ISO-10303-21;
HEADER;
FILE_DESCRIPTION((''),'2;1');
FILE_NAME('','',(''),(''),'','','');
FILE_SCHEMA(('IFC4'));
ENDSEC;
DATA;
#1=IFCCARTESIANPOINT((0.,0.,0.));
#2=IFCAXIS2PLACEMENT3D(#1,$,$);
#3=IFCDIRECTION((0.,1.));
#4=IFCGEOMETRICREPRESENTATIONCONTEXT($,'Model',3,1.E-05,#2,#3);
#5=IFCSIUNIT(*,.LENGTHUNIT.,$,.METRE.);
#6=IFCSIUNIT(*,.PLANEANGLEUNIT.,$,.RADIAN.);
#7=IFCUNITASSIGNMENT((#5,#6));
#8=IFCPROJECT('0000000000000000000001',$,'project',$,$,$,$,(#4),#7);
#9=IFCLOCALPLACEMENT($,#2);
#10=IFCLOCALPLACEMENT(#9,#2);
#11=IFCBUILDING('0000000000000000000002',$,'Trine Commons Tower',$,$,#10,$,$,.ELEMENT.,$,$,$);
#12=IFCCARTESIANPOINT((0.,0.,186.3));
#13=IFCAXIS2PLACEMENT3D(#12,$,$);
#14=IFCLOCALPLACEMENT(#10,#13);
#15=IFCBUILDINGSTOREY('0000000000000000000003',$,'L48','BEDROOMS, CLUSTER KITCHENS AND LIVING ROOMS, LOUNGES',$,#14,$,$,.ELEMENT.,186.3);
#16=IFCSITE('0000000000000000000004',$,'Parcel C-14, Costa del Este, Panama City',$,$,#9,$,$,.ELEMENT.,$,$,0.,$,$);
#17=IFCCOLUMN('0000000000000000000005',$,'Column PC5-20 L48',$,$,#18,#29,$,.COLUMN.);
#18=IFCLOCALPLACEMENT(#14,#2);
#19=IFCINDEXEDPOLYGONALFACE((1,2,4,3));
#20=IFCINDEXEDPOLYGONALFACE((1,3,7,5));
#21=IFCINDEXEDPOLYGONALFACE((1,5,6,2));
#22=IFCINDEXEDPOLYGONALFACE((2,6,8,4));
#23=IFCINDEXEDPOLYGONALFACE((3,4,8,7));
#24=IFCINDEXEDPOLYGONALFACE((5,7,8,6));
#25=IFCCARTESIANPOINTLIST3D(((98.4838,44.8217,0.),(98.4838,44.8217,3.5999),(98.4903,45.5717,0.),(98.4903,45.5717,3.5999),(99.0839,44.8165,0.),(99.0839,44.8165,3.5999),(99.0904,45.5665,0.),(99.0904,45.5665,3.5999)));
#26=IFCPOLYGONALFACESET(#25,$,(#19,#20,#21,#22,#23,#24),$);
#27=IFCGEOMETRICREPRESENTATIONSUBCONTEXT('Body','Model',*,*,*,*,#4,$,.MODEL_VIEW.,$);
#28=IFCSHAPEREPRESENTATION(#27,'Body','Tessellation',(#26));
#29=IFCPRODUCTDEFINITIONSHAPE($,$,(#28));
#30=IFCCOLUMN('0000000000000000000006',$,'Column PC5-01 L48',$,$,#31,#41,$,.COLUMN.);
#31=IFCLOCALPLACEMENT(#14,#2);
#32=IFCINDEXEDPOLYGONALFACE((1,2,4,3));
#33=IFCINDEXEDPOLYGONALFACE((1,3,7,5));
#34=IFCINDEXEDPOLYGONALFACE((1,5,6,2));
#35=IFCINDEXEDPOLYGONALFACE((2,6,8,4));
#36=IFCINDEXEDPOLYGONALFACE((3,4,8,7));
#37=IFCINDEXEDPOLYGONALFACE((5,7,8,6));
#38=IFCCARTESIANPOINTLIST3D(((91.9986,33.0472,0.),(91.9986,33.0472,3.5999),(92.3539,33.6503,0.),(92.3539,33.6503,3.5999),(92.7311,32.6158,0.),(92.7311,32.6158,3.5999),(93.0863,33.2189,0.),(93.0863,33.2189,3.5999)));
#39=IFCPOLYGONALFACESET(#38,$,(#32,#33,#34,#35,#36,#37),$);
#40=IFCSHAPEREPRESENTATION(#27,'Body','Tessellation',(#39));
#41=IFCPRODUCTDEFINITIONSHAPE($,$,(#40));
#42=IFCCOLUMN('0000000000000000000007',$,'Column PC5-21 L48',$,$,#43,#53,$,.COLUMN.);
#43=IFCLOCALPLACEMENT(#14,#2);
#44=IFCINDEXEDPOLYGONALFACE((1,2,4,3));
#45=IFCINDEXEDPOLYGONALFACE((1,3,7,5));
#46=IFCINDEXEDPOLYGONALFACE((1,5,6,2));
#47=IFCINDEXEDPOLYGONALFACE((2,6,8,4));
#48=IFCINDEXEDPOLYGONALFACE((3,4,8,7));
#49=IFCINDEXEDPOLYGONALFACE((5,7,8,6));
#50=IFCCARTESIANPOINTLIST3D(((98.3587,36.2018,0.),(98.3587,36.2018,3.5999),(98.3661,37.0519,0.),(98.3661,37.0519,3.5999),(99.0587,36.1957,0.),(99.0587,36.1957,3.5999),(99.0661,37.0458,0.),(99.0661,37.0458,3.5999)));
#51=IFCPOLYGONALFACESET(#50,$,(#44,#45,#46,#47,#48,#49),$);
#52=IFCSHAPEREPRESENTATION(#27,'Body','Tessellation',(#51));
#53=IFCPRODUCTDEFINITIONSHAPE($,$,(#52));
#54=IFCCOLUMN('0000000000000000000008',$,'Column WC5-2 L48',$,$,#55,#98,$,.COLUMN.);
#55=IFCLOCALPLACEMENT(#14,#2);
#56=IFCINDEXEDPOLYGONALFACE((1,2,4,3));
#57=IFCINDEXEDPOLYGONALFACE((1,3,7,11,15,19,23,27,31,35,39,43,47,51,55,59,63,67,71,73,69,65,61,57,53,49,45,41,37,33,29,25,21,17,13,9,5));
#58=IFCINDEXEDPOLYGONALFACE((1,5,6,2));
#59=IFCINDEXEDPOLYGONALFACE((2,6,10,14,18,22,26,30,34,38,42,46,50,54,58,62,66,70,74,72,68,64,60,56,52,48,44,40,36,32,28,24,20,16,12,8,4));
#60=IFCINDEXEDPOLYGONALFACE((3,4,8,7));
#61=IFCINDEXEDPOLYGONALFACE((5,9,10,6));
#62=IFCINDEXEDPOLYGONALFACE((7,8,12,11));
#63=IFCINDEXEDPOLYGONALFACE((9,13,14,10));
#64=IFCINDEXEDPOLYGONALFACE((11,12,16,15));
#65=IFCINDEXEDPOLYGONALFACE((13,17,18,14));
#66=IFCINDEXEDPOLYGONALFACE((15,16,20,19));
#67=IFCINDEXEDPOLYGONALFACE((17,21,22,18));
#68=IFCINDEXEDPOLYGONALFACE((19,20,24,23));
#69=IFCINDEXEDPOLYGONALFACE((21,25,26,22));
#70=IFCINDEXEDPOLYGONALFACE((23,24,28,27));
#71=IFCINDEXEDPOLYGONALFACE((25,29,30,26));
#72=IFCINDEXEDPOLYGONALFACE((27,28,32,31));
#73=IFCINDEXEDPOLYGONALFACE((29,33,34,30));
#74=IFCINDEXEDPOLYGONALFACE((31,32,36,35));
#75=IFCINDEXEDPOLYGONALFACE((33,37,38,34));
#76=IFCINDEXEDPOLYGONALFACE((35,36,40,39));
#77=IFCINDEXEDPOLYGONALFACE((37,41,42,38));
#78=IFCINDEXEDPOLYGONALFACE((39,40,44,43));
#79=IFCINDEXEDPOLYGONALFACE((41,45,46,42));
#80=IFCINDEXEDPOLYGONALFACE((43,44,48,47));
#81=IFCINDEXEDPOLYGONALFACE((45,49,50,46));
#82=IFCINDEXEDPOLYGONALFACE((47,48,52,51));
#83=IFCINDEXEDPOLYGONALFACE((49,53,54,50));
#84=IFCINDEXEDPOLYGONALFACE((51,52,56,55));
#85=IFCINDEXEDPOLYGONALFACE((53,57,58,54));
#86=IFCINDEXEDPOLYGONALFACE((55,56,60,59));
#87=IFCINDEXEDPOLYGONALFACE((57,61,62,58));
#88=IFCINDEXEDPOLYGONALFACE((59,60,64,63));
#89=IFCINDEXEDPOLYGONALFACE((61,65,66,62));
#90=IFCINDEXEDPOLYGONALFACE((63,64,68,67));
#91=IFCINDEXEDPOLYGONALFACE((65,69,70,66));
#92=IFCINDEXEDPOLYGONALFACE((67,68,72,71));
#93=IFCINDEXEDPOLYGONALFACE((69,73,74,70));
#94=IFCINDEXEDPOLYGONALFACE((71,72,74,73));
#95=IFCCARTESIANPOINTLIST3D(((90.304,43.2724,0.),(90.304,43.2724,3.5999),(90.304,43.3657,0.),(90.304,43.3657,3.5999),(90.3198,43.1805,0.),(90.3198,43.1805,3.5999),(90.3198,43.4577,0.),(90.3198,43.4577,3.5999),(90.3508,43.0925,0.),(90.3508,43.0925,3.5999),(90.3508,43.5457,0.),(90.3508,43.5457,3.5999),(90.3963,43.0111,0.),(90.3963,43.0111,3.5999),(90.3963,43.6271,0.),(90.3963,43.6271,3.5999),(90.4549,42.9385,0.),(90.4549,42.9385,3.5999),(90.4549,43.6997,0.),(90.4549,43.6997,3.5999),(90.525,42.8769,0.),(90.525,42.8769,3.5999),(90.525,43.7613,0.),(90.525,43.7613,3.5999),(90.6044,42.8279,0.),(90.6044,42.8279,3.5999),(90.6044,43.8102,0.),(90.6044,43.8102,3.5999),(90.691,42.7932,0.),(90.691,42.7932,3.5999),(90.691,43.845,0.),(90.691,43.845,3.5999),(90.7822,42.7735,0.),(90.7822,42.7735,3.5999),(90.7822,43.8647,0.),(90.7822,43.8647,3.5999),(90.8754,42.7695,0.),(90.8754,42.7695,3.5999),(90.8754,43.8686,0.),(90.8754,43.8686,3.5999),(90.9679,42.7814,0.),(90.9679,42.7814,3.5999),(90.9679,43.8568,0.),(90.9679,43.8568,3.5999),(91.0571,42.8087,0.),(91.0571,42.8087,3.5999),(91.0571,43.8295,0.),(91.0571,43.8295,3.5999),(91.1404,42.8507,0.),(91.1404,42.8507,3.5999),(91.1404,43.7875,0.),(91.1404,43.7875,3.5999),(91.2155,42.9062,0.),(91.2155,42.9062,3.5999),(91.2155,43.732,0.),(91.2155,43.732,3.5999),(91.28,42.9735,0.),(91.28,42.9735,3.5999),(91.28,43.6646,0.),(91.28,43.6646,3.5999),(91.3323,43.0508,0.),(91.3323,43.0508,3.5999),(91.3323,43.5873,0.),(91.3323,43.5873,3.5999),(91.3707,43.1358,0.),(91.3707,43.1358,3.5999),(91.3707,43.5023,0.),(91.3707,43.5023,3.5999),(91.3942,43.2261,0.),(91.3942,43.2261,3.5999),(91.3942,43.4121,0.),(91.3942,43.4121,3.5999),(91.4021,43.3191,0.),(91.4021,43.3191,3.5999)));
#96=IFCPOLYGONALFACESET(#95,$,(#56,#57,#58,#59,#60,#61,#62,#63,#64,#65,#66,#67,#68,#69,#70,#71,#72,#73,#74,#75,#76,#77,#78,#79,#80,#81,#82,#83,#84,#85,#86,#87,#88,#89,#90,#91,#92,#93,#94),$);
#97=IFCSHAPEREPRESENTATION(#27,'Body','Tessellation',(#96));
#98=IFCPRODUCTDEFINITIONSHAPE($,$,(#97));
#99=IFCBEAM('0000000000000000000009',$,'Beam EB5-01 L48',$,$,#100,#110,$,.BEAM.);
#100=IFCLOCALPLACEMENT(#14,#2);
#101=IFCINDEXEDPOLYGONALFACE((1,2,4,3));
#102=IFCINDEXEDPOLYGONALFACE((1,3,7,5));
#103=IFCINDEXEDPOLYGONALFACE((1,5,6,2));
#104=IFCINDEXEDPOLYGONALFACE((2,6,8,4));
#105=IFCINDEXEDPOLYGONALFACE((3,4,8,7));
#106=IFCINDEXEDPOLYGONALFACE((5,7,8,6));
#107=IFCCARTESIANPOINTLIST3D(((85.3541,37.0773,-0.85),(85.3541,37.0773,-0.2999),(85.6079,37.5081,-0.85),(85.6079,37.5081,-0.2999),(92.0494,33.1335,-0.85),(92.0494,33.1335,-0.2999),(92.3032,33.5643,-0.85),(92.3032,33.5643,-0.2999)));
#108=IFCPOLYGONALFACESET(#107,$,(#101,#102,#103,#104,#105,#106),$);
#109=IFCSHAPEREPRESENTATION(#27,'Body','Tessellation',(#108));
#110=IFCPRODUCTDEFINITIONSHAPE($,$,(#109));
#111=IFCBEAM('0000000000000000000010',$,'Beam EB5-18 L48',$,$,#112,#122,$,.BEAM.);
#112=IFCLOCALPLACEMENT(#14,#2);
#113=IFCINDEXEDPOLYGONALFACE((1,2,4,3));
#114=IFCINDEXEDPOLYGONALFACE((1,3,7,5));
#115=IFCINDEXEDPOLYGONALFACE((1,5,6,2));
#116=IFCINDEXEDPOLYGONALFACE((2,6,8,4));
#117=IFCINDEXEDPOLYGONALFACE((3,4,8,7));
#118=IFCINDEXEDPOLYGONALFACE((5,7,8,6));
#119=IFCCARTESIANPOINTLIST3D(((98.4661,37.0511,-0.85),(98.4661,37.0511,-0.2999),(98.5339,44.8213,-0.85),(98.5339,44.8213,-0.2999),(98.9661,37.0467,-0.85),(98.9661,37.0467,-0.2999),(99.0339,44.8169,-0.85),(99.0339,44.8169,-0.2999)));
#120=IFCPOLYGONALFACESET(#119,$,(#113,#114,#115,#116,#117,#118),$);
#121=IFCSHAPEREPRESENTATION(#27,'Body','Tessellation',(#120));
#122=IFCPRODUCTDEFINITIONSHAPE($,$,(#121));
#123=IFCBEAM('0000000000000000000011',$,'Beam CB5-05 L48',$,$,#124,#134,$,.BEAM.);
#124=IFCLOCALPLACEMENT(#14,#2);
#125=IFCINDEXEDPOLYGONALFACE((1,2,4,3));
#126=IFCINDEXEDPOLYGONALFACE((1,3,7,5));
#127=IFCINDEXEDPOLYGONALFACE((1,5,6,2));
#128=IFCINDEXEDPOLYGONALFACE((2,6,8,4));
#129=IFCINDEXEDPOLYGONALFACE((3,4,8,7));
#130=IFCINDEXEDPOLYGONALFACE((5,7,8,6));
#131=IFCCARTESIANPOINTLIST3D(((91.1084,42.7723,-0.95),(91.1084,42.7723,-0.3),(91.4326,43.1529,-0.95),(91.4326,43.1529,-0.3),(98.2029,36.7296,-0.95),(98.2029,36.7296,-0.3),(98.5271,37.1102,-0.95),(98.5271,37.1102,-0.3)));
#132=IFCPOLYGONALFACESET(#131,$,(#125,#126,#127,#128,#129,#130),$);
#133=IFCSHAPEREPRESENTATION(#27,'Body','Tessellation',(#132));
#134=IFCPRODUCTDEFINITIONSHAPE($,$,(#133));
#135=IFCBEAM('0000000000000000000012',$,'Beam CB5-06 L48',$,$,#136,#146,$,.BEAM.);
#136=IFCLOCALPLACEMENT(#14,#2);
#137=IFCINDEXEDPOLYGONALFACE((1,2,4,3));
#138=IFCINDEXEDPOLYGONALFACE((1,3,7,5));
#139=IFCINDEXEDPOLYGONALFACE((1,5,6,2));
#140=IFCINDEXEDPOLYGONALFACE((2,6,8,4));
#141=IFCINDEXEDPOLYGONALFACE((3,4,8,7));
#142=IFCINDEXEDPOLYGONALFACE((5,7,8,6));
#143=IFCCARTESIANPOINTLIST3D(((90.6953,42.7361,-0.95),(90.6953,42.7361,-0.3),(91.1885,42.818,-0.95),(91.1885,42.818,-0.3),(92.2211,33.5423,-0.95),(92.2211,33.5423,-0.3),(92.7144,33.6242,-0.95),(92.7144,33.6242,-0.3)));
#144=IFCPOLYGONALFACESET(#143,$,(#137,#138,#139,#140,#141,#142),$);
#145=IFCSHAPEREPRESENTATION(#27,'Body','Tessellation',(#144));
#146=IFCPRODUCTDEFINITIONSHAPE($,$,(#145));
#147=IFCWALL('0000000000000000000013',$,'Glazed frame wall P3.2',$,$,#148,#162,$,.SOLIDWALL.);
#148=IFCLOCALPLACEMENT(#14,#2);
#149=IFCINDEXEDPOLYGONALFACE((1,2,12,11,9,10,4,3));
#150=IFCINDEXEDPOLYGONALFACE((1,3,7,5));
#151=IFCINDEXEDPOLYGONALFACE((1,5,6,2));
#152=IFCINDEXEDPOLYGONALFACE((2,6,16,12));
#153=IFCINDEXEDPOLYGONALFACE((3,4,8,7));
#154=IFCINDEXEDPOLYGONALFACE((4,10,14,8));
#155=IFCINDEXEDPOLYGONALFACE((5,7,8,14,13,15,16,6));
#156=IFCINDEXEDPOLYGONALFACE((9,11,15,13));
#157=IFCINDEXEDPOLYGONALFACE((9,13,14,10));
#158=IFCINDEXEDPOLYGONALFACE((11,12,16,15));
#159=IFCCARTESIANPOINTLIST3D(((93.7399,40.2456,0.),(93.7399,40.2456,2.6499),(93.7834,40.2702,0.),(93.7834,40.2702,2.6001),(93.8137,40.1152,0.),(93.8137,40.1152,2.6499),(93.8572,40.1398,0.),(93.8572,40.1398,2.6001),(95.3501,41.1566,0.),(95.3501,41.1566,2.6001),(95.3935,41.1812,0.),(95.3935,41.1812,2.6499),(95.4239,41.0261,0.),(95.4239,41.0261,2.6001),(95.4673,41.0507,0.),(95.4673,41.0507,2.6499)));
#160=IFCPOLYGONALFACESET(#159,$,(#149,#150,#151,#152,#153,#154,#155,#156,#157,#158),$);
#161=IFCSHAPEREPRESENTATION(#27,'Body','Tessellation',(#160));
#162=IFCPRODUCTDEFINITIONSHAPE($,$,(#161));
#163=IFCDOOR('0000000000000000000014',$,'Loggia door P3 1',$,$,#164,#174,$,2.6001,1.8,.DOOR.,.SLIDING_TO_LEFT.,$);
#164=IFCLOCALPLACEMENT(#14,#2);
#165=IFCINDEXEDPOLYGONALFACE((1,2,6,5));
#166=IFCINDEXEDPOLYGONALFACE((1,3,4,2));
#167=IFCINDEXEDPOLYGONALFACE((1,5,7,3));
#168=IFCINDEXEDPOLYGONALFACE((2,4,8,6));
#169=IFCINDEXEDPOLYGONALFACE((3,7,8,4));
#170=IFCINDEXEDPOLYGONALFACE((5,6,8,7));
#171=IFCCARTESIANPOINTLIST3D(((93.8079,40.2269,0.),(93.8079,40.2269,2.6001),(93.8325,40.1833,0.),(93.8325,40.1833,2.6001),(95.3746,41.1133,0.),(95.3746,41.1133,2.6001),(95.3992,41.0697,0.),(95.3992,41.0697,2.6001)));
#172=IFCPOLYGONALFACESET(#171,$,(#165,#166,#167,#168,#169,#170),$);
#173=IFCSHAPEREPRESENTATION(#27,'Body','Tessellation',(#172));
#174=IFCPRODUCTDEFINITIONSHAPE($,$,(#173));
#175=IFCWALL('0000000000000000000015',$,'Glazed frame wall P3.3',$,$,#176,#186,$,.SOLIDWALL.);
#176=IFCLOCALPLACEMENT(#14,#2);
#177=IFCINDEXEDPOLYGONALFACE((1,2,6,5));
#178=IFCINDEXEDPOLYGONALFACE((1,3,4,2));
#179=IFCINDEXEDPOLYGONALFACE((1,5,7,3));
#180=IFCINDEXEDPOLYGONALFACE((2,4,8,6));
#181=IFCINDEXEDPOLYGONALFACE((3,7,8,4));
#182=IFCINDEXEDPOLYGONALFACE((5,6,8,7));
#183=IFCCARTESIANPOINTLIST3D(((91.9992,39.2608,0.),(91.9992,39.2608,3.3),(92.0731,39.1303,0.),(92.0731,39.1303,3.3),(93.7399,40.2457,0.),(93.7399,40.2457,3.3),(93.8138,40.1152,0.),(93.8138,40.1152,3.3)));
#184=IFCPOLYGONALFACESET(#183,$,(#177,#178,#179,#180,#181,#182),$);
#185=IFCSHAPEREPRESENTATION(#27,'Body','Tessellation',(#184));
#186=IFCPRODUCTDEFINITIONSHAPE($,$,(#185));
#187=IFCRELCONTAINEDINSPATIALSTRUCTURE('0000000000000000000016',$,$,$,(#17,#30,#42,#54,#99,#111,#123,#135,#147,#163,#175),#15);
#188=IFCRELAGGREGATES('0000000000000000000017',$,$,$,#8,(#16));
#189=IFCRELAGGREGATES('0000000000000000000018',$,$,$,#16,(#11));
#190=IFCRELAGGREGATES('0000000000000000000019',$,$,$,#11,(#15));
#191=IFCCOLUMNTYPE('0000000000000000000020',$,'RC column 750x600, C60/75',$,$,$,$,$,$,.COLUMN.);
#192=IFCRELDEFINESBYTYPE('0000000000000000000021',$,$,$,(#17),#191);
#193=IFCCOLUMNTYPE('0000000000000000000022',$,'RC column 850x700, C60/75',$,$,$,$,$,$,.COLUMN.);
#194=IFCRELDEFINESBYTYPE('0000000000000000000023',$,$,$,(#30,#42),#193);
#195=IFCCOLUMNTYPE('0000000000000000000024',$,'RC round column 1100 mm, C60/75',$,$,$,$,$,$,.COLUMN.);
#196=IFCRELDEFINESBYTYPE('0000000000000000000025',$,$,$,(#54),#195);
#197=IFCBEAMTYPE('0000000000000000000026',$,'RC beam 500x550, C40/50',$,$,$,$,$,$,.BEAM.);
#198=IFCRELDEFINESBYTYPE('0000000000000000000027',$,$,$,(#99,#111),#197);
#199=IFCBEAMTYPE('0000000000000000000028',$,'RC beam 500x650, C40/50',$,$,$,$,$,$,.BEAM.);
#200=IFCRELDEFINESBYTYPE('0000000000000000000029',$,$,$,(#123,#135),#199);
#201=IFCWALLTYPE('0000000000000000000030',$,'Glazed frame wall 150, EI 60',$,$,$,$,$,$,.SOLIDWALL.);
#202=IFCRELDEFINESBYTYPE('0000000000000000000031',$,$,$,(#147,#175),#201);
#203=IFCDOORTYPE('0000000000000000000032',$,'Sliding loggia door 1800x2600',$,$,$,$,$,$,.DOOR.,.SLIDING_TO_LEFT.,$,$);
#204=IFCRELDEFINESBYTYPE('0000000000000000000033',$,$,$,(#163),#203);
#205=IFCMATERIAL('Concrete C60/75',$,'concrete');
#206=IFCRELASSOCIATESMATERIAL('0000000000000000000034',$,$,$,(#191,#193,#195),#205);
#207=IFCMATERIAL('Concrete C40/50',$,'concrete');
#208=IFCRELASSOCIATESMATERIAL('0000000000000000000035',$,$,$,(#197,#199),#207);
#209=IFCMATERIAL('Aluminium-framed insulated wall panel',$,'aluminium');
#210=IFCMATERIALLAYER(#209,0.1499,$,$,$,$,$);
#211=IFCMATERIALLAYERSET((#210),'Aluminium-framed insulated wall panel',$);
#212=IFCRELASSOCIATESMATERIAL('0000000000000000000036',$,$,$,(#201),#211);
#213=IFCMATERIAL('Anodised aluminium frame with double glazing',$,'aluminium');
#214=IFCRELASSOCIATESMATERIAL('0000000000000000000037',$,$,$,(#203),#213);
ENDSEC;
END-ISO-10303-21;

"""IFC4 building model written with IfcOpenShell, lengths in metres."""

from ifc_helpers import new_model, si_unit, direction, frame, frame_2d, origin, origin_2d, place, context, subcontext, project, spatial, polyline, rectangle, circle, outline, extrude, material, layer, layer_set, material_profile, profile_set, type_object, element, fill, save


model = new_model("IFC4")

# Units and contexts
model_context = context("Model", 3, precision=1e-05, world=origin(), true_north=direction((0.0, 1.0)))
body_context = subcontext(model_context, "Body", "Model", "MODEL_VIEW")
ifc_project = project(units=[si_unit("LENGTHUNIT", "METRE"), si_unit("PLANEANGLEUNIT", "RADIAN")], contexts=[model_context])

# Site, building, storey
site_placement = place(None, origin())
site = spatial("IfcSite", under=ifc_project, at=site_placement, Name="Parcel C-14, Costa del Este, Panama City", CompositionType="ELEMENT", RefElevation=0.0)
building_placement = place(site_placement, origin())
building = spatial("IfcBuilding", under=site, at=building_placement, Name="Trine Commons Tower", CompositionType="ELEMENT")
storey_placement = place(building_placement, frame((0.0, 0.0, 186.3)))
storey = spatial("IfcBuildingStorey", under=building, at=storey_placement, Name="L48", Description="BEDROOMS, CLUSTER KITCHENS AND LIVING ROOMS, LOUNGES", CompositionType="ELEMENT", Elevation=186.3)

# Columns
ifc_material_1 = material(Name="Concrete C60/75", Category="concrete")
ifc_material_profile_1 = material_profile(ifc_material_1, rectangle(XDim=0.75, YDim=0.6001, at=origin_2d()), Name="RC 750x600")
ifc_profile_set_1 = profile_set([ifc_material_profile_1], Name="Concrete C60/75")
column_type_1 = type_object("IfcColumnType", Name="RC column 750x600, C60/75", PredefinedType="COLUMN", material=ifc_profile_set_1)
column_1_placement = place(storey_placement, frame((98.7871, 45.1941, 0.0), z_axis=(0.0, 0.0, 1.0), x_axis=(0.008727, 0.999962, 0.0)))
element("IfcColumn", 1, at=column_1_placement, inside=storey, type_object=column_type_1, Name="Column PC5-20 L48", PredefinedType="COLUMN", context=body_context, shape_type="SweptSolid", body=[
    extrude(rectangle(XDim=0.75, YDim=0.6001, at=origin_2d()), origin(), (0.0, 0.0, 1.0), 3.5999),
])
ifc_material_profile_2 = material_profile(ifc_material_1, rectangle(XDim=0.8501, YDim=0.7, at=origin_2d()), Name="RC 850x700")
ifc_profile_set_2 = profile_set([ifc_material_profile_2], Name="Concrete C60/75")
column_type_2 = type_object("IfcColumnType", Name="RC column 850x700, C60/75", PredefinedType="COLUMN", material=ifc_profile_set_2)
for number, where, z_axis, x_axis, name in (
    (2, (92.5425, 33.1331, 0.0), (0.0, 0.0, 1.0), (-0.861629, 0.507538, 0.0), "Column PC5-01 L48"),
    (3, (98.7124, 36.6238, 0.0), (0.0, 0.0, 1.0), (0.008727, 0.999962, 0.0), "Column PC5-21 L48"),
):
    element("IfcColumn", number, at=place(storey_placement, frame(where, z_axis=z_axis, x_axis=x_axis)), inside=storey, type_object=column_type_2, Name=name, PredefinedType="COLUMN", context=body_context, shape_type="SweptSolid", body=[
        extrude(rectangle(XDim=0.8501, YDim=0.7, at=origin_2d()), origin(), (0.0, 0.0, 1.0), 3.5999),
    ])
ifc_material_profile_3 = material_profile(ifc_material_1, circle(Radius=0.55, at=origin_2d()), Name="RC round 1100")
ifc_profile_set_3 = profile_set([ifc_material_profile_3], Name="Concrete C60/75")
column_type_3 = type_object("IfcColumnType", Name="RC round column 1100 mm, C60/75", PredefinedType="COLUMN", material=ifc_profile_set_3)
column_2_placement = place(storey_placement, frame((90.8521, 43.3191, 0.0), z_axis=(0.0, 0.0, 1.0), x_axis=(1.0, 0.0, 0.0)))
element("IfcColumn", 4, at=column_2_placement, inside=storey, type_object=column_type_3, Name="Column WC5-2 L48", PredefinedType="COLUMN", context=body_context, shape_type="SweptSolid", body=[
    extrude(circle(Radius=0.55, at=origin_2d()), origin(), (0.0, 0.0, 1.0), 3.5999),
])

# Beams
ifc_material_2 = material(Name="Concrete C40/50", Category="concrete")
ifc_material_profile_4 = material_profile(ifc_material_2, rectangle(XDim=0.5, YDim=0.55, at=origin_2d()), Name="RC 500x550")
ifc_profile_set_4 = profile_set([ifc_material_profile_4], Name="Concrete C40/50")
beam_type_1 = type_object("IfcBeamType", Name="RC beam 500x550, C40/50", PredefinedType="BEAM", material=ifc_profile_set_4)
for number, where, z_axis, x_axis, name in (
    (5, (92.1763, 33.3489, -0.575), (-0.861629, 0.507539, 0.0), (-0.507539, -0.861629, 0.0), "Beam EB5-01 L48"),
    (6, (98.7839, 44.8191, -0.575), (-0.008734, -0.999962, 0.0), (0.999962, -0.008734, 0.0), "Beam EB5-18 L48"),
):
    element("IfcBeam", number, at=place(storey_placement, frame(where, z_axis=z_axis, x_axis=x_axis)), inside=storey, type_object=beam_type_1, Name=name, PredefinedType="BEAM", context=body_context, shape_type="SweptSolid", body=[
        extrude(rectangle(XDim=0.5, YDim=0.55, at=origin_2d()), origin(), (0.0, 0.0, 1.0), 7.7705),
    ])
ifc_material_profile_5 = material_profile(ifc_material_2, rectangle(XDim=0.5, YDim=0.6499, at=origin_2d()), Name="RC 500x650")
ifc_profile_set_5 = profile_set([ifc_material_profile_5], Name="Concrete C40/50")
beam_type_2 = type_object("IfcBeamType", Name="RC beam 500x650, C40/50", PredefinedType="BEAM", material=ifc_profile_set_5)
beam_1_placement = place(storey_placement, frame((98.365, 36.9199, -0.625), z_axis=(-0.761282, 0.648421, 0.0), x_axis=(-0.648421, -0.761282, 0.0)))
element("IfcBeam", 7, at=beam_1_placement, inside=storey, type_object=beam_type_2, Name="Beam CB5-05 L48", PredefinedType="BEAM", context=body_context, shape_type="SweptSolid", body=[
    extrude(rectangle(XDim=0.5, YDim=0.6499, at=origin_2d()), origin(), (0.0, 0.0, 1.0), 9.3191),
])
beam_2_placement = place(storey_placement, frame((92.4678, 33.5833, -0.625), z_axis=(-0.163728, 0.986506, 0.0), x_axis=(-0.986506, -0.163728, 0.0)))
element("IfcBeam", 8, at=beam_2_placement, inside=storey, type_object=beam_type_2, Name="Beam CB5-06 L48", PredefinedType="BEAM", context=body_context, shape_type="SweptSolid", body=[
    extrude(rectangle(XDim=0.5, YDim=0.6499, at=origin_2d()), origin(), (0.0, 0.0, 1.0), 9.3196),
])

# Shared definitions
ifc_material_3 = material(Name="Aluminium-framed insulated wall panel", Category="aluminium")
ifc_layer_1 = layer(ifc_material_3, 0.1499)
ifc_layer_set_1 = layer_set([ifc_layer_1], Name="Aluminium-framed insulated wall panel")
wall_type_1 = type_object("IfcWallType", Name="Glazed frame wall 150, EI 60", PredefinedType="SOLIDWALL", material=ifc_layer_set_1)

# Wall, opening, door
wall_1_placement = place(storey_placement, frame((95.4304, 41.116, 0.0), z_axis=(0.0, 0.0, 1.0), x_axis=(-0.870355, -0.492426, 0.0)))
wall_1 = element("IfcWall", 9, at=wall_1_placement, inside=storey, type_object=wall_type_1, Name="Glazed frame wall P3.2", PredefinedType="SOLIDWALL", context=body_context, shape_type="SweptSolid", body=[
    extrude(outline(polyline([(0.0, -0.075), (1.8999, -0.075), (1.8999, 0.075), (0.0, 0.075), (0.0, -0.075)])), origin(), (0.0, 0.0, 1.0), 2.6499),
])
opening_1_placement = place(wall_1_placement, frame((0.05, 0.0, 0.0)))
opening_1 = element("IfcOpeningElement", 10, at=opening_1_placement, cuts=wall_1, PredefinedType="OPENING", context=body_context, shape_type="SweptSolid", body=[
    extrude(rectangle(XDim=1.8, YDim=2.6001, at=frame_2d((0.8999, 1.3))), frame((0.0, 0.085, 0.0), z_axis=(0.0, -1.0, 0.0), x_axis=(1.0, 0.0, 0.0)), (0.0, 0.0, 1.0), 0.1699),
])
ifc_material_4 = material(Name="Anodised aluminium frame with double glazing", Category="aluminium")
door_type_1 = type_object("IfcDoorType", Name="Sliding loggia door 1800x2600", OperationType="SLIDING_TO_LEFT", PredefinedType="DOOR", material=ifc_material_4)
door_1_placement = place(opening_1_placement, origin())
door_1 = element("IfcDoor", 11, at=door_1_placement, inside=storey, type_object=door_type_1, Name="Loggia door P3 1", OperationType="SLIDING_TO_LEFT", OverallHeight=2.6001, OverallWidth=1.8, PredefinedType="DOOR", context=body_context, shape_type="SweptSolid", body=[
    extrude(rectangle(XDim=1.8, YDim=2.6001, at=frame_2d((0.8999, 1.3))), frame((0.0, 0.0249, 0.0), z_axis=(0.0, -1.0, 0.0), x_axis=(1.0, 0.0, 0.0)), (0.0, 0.0, 1.0), 0.05),
])
fill(opening_1, door_1)

# Wall
wall_2_placement = place(storey_placement, frame((93.7769, 40.1804, 0.0), z_axis=(0.0, 0.0, 1.0), x_axis=(-0.870354, -0.492427, 0.0)))
element("IfcWall", 12, at=wall_2_placement, inside=storey, type_object=wall_type_1, Name="Glazed frame wall P3.3", PredefinedType="SOLIDWALL", context=body_context, shape_type="SweptSolid", body=[
    extrude(outline(polyline([(0.0, -0.075), (2.0, -0.075), (2.0, 0.075), (0.0, 0.075), (0.0, -0.075)])), origin(), (0.0, 0.0, 1.0), 3.3),
])

save(model, "model.ifc")
